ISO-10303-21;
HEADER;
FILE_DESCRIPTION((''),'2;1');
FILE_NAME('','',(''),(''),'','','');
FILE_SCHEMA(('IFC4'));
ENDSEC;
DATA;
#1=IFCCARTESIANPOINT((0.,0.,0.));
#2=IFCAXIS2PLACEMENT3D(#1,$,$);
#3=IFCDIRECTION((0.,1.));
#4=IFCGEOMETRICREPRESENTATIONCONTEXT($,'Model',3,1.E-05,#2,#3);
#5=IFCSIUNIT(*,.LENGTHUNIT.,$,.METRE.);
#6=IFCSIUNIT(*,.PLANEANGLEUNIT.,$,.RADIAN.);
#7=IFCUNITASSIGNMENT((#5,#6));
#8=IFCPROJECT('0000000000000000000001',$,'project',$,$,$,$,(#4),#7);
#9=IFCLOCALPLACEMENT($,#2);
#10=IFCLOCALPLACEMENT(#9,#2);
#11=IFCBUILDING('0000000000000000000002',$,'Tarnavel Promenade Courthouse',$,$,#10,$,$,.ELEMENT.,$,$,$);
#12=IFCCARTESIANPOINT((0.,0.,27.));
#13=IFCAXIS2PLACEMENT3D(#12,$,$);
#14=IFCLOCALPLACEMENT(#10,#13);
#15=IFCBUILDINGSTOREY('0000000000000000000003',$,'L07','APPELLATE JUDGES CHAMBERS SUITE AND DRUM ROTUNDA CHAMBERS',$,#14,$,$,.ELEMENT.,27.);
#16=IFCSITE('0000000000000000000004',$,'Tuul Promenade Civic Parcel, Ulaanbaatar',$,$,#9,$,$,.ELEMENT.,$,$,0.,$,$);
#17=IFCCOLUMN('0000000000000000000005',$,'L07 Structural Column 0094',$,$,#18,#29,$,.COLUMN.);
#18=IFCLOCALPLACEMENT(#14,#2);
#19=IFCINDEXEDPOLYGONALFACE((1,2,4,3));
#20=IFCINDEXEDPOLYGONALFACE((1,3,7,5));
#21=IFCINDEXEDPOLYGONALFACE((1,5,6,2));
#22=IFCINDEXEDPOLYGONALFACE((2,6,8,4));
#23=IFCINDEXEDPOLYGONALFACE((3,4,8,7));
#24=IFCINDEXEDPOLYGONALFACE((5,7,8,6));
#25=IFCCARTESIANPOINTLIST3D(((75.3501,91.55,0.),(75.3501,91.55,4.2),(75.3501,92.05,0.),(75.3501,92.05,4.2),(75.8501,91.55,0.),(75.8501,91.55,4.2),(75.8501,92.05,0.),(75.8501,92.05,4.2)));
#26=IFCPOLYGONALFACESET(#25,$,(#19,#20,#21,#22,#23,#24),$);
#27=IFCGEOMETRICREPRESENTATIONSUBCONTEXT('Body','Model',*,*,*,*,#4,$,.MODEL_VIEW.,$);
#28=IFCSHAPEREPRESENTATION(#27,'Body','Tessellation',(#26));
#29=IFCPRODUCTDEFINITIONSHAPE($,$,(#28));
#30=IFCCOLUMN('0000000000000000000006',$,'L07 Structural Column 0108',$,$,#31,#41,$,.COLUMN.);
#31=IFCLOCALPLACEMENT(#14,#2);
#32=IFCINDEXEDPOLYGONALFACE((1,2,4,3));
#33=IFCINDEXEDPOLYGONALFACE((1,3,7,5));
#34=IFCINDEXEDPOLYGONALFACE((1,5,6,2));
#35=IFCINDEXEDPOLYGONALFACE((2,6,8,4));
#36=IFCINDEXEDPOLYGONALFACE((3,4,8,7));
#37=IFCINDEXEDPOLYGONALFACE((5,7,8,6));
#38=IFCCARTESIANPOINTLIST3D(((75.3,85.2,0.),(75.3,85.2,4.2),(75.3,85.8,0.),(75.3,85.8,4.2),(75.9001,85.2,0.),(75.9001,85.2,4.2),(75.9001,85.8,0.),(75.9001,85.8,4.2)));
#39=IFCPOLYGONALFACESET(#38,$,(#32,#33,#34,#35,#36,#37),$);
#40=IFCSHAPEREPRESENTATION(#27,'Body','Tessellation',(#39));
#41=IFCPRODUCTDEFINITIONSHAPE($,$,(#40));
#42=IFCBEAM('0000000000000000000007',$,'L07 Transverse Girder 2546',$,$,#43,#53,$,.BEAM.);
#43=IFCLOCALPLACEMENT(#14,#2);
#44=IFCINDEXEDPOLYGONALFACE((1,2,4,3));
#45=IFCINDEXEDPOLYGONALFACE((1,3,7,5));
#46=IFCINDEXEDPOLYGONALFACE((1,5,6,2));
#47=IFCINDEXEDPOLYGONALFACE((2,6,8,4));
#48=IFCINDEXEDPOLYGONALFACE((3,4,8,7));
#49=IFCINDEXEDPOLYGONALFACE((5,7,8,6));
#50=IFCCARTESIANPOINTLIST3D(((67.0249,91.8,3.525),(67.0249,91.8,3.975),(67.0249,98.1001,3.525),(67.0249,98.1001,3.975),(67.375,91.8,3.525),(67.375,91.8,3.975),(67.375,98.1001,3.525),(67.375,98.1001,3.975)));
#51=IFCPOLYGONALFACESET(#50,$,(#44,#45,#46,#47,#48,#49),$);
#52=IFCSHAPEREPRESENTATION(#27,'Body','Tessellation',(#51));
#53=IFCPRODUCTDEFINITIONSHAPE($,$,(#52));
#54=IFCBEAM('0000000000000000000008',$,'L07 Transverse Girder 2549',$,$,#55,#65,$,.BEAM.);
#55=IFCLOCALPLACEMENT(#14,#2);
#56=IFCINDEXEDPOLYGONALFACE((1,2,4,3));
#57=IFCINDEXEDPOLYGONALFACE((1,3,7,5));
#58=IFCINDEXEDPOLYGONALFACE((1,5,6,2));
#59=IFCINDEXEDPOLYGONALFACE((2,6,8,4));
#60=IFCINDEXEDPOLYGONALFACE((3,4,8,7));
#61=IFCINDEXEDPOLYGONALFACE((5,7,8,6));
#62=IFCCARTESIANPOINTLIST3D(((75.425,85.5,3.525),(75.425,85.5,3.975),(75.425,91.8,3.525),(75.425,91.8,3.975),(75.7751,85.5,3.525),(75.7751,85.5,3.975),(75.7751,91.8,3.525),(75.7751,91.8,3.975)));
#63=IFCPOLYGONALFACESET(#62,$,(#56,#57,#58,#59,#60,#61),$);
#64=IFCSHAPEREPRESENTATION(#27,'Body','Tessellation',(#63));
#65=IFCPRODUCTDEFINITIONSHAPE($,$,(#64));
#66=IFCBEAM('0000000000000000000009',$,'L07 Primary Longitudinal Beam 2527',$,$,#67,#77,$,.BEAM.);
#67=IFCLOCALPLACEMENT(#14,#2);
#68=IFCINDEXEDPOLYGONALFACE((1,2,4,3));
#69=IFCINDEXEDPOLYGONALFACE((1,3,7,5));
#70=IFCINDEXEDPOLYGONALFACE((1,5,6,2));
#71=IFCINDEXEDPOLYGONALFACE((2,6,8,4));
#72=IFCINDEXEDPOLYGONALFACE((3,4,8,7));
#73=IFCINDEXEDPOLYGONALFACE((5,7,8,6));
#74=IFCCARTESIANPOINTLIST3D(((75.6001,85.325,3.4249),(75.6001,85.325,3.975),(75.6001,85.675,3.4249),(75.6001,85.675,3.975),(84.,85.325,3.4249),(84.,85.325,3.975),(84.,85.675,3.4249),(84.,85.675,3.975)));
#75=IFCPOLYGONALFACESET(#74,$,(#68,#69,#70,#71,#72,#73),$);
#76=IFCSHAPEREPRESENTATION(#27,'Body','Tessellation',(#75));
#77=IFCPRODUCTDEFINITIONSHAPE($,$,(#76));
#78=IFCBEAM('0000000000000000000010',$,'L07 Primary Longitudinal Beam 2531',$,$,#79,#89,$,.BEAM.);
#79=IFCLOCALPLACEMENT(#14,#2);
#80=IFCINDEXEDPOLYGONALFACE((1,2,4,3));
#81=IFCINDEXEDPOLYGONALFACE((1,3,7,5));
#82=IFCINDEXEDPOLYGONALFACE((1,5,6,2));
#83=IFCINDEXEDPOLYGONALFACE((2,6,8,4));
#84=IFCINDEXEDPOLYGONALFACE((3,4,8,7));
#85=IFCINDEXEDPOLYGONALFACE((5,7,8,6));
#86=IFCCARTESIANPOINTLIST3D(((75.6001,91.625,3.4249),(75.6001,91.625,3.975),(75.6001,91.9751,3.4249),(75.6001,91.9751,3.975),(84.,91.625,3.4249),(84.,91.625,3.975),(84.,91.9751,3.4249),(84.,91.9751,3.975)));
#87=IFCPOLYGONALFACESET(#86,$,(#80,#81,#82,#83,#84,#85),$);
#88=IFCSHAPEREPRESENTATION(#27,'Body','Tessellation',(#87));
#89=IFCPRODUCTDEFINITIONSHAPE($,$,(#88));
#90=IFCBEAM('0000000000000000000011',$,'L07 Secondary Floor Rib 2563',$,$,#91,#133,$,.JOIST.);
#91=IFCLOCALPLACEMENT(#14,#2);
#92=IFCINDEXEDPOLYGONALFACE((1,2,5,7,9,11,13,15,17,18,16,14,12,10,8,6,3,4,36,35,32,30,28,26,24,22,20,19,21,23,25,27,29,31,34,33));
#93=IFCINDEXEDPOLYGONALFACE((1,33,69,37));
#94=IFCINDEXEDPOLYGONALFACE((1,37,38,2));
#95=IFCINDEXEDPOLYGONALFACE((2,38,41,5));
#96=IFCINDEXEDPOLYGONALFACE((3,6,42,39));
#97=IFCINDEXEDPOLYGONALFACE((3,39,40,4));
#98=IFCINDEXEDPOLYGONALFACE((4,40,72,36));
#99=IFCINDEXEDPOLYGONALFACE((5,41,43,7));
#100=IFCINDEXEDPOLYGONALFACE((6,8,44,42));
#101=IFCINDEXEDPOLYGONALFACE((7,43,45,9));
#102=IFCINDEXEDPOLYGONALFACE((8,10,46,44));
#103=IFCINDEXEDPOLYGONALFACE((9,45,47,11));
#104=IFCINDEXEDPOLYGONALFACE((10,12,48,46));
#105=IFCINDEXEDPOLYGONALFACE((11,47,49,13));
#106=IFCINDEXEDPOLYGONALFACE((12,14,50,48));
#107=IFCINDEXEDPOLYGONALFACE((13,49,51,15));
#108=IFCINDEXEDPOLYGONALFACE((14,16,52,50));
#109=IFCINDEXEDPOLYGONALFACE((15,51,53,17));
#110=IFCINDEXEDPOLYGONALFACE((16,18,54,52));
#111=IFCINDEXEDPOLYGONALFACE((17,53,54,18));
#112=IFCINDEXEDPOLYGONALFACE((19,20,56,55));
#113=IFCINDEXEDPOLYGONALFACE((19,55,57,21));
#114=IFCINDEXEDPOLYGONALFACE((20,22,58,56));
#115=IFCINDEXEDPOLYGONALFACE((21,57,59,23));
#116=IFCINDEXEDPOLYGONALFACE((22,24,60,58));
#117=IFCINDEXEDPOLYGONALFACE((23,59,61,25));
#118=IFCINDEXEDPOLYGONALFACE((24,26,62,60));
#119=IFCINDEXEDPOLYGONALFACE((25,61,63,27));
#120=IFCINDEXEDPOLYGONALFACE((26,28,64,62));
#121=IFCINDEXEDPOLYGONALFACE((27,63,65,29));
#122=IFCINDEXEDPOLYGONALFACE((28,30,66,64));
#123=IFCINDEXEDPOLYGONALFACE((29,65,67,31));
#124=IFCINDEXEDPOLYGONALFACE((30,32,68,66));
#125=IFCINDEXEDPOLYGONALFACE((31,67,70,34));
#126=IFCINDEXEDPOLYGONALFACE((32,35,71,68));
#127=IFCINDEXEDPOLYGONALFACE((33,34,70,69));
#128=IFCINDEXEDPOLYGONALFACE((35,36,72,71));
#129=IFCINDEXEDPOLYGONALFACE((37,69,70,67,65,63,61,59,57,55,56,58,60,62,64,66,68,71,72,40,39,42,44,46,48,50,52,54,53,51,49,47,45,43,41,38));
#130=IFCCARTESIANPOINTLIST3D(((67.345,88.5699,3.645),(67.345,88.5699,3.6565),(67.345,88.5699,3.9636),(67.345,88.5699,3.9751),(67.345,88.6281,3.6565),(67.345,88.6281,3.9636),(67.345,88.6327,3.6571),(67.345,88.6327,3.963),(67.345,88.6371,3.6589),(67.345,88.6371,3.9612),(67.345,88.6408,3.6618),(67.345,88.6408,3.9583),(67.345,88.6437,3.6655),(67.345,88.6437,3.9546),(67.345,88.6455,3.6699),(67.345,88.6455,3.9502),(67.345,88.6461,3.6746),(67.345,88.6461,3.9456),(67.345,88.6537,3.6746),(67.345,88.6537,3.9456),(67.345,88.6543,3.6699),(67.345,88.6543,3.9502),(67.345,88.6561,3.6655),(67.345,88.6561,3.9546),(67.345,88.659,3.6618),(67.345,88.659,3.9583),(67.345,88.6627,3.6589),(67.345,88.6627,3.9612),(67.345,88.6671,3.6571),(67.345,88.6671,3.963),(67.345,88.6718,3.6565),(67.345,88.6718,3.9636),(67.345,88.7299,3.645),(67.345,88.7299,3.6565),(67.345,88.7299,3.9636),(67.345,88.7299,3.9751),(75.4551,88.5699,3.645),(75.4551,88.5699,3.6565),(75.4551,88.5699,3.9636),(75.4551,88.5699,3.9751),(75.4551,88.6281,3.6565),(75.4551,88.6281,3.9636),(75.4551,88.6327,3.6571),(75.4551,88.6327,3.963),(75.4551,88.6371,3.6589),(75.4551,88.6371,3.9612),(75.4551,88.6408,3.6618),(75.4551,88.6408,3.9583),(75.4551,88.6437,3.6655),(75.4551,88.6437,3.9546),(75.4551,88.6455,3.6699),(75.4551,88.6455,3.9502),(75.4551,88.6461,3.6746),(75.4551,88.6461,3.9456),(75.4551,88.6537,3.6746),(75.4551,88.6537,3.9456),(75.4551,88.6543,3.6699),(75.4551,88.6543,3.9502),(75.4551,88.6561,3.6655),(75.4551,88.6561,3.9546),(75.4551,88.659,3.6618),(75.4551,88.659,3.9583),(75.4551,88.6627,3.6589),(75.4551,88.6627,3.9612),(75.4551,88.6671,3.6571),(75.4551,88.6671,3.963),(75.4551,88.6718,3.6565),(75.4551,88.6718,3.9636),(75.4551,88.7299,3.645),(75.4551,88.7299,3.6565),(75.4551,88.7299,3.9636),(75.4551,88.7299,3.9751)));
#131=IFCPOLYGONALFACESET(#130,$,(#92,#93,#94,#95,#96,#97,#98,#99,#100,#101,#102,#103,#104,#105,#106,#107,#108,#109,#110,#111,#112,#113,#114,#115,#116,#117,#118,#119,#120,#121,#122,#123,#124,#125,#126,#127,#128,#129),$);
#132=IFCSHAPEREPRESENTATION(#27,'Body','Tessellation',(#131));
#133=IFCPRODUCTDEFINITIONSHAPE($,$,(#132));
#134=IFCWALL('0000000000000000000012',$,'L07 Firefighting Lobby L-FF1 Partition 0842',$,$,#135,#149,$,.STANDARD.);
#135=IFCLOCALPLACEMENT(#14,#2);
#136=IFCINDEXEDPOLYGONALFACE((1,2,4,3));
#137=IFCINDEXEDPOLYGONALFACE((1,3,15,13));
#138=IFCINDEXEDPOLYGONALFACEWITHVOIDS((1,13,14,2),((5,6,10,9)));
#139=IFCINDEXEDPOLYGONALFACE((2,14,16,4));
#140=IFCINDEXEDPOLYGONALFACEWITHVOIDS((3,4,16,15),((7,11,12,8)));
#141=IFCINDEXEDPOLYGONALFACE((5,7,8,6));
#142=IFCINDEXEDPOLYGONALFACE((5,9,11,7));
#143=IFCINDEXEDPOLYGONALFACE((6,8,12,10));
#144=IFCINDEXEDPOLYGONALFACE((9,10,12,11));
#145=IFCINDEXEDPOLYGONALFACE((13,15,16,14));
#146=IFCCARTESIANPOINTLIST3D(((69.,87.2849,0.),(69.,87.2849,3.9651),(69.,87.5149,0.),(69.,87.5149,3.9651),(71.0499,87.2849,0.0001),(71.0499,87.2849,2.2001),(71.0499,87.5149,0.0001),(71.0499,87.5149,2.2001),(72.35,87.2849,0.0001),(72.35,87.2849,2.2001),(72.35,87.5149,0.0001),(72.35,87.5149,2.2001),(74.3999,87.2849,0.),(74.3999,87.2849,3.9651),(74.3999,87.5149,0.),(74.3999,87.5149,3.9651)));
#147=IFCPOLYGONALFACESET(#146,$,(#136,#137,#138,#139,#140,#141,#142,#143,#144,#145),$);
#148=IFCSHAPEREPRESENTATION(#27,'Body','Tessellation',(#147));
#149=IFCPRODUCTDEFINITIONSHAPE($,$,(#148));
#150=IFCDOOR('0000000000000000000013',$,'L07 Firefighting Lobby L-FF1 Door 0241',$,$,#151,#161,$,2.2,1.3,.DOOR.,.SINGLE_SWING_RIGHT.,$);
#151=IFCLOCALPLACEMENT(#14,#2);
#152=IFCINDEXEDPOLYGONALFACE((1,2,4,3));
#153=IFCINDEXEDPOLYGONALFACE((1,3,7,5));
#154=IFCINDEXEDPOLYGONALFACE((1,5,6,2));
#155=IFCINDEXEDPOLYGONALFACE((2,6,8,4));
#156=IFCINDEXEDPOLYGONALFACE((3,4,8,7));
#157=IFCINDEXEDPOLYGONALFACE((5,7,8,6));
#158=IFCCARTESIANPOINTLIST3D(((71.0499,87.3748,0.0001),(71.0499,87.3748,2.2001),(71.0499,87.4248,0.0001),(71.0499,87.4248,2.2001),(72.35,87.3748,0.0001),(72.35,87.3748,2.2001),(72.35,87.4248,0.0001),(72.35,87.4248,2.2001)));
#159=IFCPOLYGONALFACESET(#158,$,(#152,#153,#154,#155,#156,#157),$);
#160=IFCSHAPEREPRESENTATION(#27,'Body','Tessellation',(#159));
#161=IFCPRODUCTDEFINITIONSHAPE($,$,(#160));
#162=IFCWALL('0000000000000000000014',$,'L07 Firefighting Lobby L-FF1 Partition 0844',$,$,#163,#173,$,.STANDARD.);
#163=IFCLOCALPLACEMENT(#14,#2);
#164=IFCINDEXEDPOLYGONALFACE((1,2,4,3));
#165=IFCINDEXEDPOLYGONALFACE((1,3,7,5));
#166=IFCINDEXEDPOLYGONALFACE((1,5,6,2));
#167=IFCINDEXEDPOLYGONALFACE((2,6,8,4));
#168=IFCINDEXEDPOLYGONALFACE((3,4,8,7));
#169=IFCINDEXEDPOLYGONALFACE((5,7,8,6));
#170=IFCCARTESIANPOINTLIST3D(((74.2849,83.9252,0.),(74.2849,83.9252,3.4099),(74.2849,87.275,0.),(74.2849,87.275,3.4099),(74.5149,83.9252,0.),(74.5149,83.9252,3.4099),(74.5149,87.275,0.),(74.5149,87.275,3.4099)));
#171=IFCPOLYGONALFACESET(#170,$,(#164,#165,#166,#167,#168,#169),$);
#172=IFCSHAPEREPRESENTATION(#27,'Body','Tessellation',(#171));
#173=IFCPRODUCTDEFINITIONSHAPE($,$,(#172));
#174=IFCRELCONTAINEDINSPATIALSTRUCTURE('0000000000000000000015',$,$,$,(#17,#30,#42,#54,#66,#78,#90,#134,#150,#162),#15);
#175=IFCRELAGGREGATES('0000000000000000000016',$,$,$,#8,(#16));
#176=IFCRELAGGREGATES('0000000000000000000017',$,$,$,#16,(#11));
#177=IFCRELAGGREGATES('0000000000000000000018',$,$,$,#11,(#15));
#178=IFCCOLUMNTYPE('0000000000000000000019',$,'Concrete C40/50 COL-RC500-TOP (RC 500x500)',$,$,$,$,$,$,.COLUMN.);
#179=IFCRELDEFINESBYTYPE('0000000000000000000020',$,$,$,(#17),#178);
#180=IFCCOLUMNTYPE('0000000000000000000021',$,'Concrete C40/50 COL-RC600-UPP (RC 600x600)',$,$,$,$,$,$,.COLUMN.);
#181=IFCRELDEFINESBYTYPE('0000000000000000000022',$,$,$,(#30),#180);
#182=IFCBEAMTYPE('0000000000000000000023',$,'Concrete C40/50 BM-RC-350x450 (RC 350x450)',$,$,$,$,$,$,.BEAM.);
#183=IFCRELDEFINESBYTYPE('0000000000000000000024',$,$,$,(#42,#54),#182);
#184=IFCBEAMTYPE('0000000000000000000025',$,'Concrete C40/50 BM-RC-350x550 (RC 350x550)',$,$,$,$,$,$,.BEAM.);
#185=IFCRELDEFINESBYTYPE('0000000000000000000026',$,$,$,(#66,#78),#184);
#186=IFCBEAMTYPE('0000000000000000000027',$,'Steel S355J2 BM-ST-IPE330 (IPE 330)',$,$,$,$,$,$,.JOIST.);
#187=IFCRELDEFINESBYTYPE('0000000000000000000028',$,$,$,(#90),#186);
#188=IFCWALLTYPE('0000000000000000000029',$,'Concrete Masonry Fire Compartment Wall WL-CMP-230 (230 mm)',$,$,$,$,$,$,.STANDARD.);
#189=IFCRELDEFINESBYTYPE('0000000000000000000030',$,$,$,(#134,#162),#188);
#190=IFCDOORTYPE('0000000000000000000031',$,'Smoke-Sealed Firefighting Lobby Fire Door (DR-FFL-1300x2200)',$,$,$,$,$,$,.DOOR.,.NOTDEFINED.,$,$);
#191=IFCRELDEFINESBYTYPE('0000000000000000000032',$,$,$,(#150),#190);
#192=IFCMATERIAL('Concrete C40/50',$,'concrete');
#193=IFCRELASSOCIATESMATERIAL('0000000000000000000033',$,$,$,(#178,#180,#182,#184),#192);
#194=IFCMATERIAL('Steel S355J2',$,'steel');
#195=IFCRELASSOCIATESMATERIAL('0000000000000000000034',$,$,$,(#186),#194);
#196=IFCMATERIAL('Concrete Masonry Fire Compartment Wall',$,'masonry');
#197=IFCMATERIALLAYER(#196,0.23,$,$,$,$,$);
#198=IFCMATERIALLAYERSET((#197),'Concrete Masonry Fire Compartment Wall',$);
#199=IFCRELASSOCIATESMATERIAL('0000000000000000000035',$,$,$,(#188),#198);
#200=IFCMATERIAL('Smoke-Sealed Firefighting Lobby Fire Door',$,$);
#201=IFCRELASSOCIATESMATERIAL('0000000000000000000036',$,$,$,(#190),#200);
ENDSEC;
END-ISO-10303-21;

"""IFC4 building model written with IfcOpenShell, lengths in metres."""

from ifc_helpers import new_model, si_unit, direction, frame, frame_2d, origin, origin_2d, place, context, subcontext, project, spatial, rectangle, i_section, extrude, material, layer, layer_set, material_profile, profile_set, type_object, element, fill, save


model = new_model("IFC4")

# Units and contexts
model_context = context("Model", 3, precision=1e-05, world=origin(), true_north=direction((0.0, 1.0)))
body_context = subcontext(model_context, "Body", "Model", "MODEL_VIEW")
ifc_project = project(units=[si_unit("LENGTHUNIT", "METRE"), si_unit("PLANEANGLEUNIT", "RADIAN")], contexts=[model_context])

# Site, building, storey
site_placement = place(None, origin())
site = spatial("IfcSite", under=ifc_project, at=site_placement, Name="Tuul Promenade Civic Parcel, Ulaanbaatar", CompositionType="ELEMENT", RefElevation=0.0)
building_placement = place(site_placement, origin())
building = spatial("IfcBuilding", under=site, at=building_placement, Name="Tarnavel Promenade Courthouse", CompositionType="ELEMENT")
storey_placement = place(building_placement, frame((0.0, 0.0, 27.0)))
storey = spatial("IfcBuildingStorey", under=building, at=storey_placement, Name="L07", Description="APPELLATE JUDGES CHAMBERS SUITE AND DRUM ROTUNDA CHAMBERS", CompositionType="ELEMENT", Elevation=27.0)

# Columns
ifc_material_1 = material(Name="Concrete C40/50", Category="concrete")
ifc_material_profile_1 = material_profile(ifc_material_1, rectangle(XDim=0.5, YDim=0.5, at=origin_2d()), Name="RC 500x500")
ifc_profile_set_1 = profile_set([ifc_material_profile_1], Name="Concrete C40/50")
column_type_1 = type_object("IfcColumnType", Name="Concrete C40/50 COL-RC500-TOP (RC 500x500)", PredefinedType="COLUMN", material=ifc_profile_set_1)
column_1_placement = place(storey_placement, frame((75.6001, 91.8, 0.0), z_axis=(0.0, 0.0, 1.0), x_axis=(1.0, 0.0, 0.0)))
element("IfcColumn", 1, at=column_1_placement, inside=storey, type_object=column_type_1, Name="L07 Structural Column 0094", PredefinedType="COLUMN", context=body_context, shape_type="SweptSolid", body=[
    extrude(rectangle(XDim=0.5, YDim=0.5, at=origin_2d()), origin(), (0.0, 0.0, 1.0), 4.2),
])
ifc_material_profile_2 = material_profile(ifc_material_1, rectangle(XDim=0.6001, YDim=0.6001, at=origin_2d()), Name="RC 600x600")
ifc_profile_set_2 = profile_set([ifc_material_profile_2], Name="Concrete C40/50")
column_type_2 = type_object("IfcColumnType", Name="Concrete C40/50 COL-RC600-UPP (RC 600x600)", PredefinedType="COLUMN", material=ifc_profile_set_2)
column_2_placement = place(storey_placement, frame((75.6001, 85.5, 0.0), z_axis=(0.0, 0.0, 1.0), x_axis=(1.0, 0.0, 0.0)))
element("IfcColumn", 2, at=column_2_placement, inside=storey, type_object=column_type_2, Name="L07 Structural Column 0108", PredefinedType="COLUMN", context=body_context, shape_type="SweptSolid", body=[
    extrude(rectangle(XDim=0.6001, YDim=0.6001, at=origin_2d()), origin(), (0.0, 0.0, 1.0), 4.2),
])

# Beams
ifc_material_profile_3 = material_profile(ifc_material_1, rectangle(XDim=0.3501, YDim=0.45, at=origin_2d()), Name="RC 350x450")
ifc_profile_set_3 = profile_set([ifc_material_profile_3], Name="Concrete C40/50")
beam_type_1 = type_object("IfcBeamType", Name="Concrete C40/50 BM-RC-350x450 (RC 350x450)", PredefinedType="BEAM", material=ifc_profile_set_3)
for number, where, z_axis, x_axis, name in (
    (3, (67.2, 91.8, 3.75), (0.0, 1.0, 0.0), (-1.0, 0.0, 0.0), "L07 Transverse Girder 2546"),
    (4, (75.6001, 85.5, 3.75), (0.0, 1.0, 0.0), (-1.0, 0.0, 0.0), "L07 Transverse Girder 2549"),
):
    element("IfcBeam", number, at=place(storey_placement, frame(where, z_axis=z_axis, x_axis=x_axis)), inside=storey, type_object=beam_type_1, Name=name, PredefinedType="BEAM", context=body_context, shape_type="SweptSolid", body=[
        extrude(rectangle(XDim=0.3501, YDim=0.45, at=origin_2d()), origin(), (0.0, 0.0, 1.0), 6.3),
    ])
ifc_material_profile_4 = material_profile(ifc_material_1, rectangle(XDim=0.3501, YDim=0.55, at=origin_2d()), Name="RC 350x550")
ifc_profile_set_4 = profile_set([ifc_material_profile_4], Name="Concrete C40/50")
beam_type_2 = type_object("IfcBeamType", Name="Concrete C40/50 BM-RC-350x550 (RC 350x550)", PredefinedType="BEAM", material=ifc_profile_set_4)
for number, where, z_axis, x_axis, name in (
    (5, (75.6001, 85.5, 3.7), (1.0, 0.0, 0.0), (0.0, 1.0, 0.0), "L07 Primary Longitudinal Beam 2527"),
    (6, (75.6001, 91.8, 3.7), (1.0, 0.0, 0.0), (0.0, 1.0, 0.0), "L07 Primary Longitudinal Beam 2531"),
):
    element("IfcBeam", number, at=place(storey_placement, frame(where, z_axis=z_axis, x_axis=x_axis)), inside=storey, type_object=beam_type_2, Name=name, PredefinedType="BEAM", context=body_context, shape_type="SweptSolid", body=[
        extrude(rectangle(XDim=0.3501, YDim=0.55, at=origin_2d()), origin(), (0.0, 0.0, 1.0), 8.3999),
    ])
ifc_material_2 = material(Name="Steel S355J2", Category="steel")
ifc_material_profile_5 = material_profile(ifc_material_2, i_section(OverallWidth=0.1599, OverallDepth=0.3301, WebThickness=0.0076, FlangeThickness=0.0115, FilletRadius=0.0181, at=origin_2d()), Name="IPE 330")
ifc_profile_set_5 = profile_set([ifc_material_profile_5], Name="Steel S355J2")
beam_type_3 = type_object("IfcBeamType", Name="Steel S355J2 BM-ST-IPE330 (IPE 330)", PredefinedType="JOIST", material=ifc_profile_set_5)
beam_placement = place(storey_placement, frame((67.345, 88.6499, 3.8101), z_axis=(1.0, 0.0, 0.0), x_axis=(0.0, 1.0, 0.0)))
element("IfcBeam", 7, at=beam_placement, inside=storey, type_object=beam_type_3, Name="L07 Secondary Floor Rib 2563", PredefinedType="JOIST", context=body_context, shape_type="SweptSolid", body=[
    extrude(i_section(OverallWidth=0.1599, OverallDepth=0.3301, WebThickness=0.0076, FlangeThickness=0.0115, FilletRadius=0.0181, at=origin_2d()), origin(), (0.0, 0.0, 1.0), 8.1101),
])

# Wall, opening, door
ifc_material_3 = material(Name="Concrete Masonry Fire Compartment Wall", Category="masonry")
ifc_layer_1 = layer(ifc_material_3, 0.23)
ifc_layer_set_1 = layer_set([ifc_layer_1], Name="Concrete Masonry Fire Compartment Wall")
wall_type_1 = type_object("IfcWallType", Name="Concrete Masonry Fire Compartment Wall WL-CMP-230 (230 mm)", PredefinedType="STANDARD", material=ifc_layer_set_1)
wall_1_placement = place(storey_placement, frame((69.0, 87.3999, 0.0), z_axis=(0.0, 0.0, 1.0), x_axis=(1.0, 0.0, 0.0)))
wall_1 = element("IfcWall", 8, at=wall_1_placement, inside=storey, type_object=wall_type_1, Name="L07 Firefighting Lobby L-FF1 Partition 0842", PredefinedType="STANDARD", context=body_context, shape_type="SweptSolid", body=[
    extrude(rectangle(XDim=5.3999, YDim=0.23, at=frame_2d((2.7, 0.0))), origin(), (0.0, 0.0, 1.0), 3.9651),
])
opening_1_placement = place(wall_1_placement, frame((2.05, 0.0, 0.0)))
opening_1 = element("IfcOpeningElement", 9, at=opening_1_placement, cuts=wall_1, PredefinedType="OPENING", context=body_context, shape_type="SweptSolid", body=[
    extrude(rectangle(XDim=1.3, YDim=2.2, at=frame_2d((0.6499, 1.1001))), frame((0.0, 0.125, 0.0), z_axis=(0.0, -1.0, 0.0), x_axis=(1.0, 0.0, 0.0)), (0.0, 0.0, 1.0), 0.25),
])
ifc_material_4 = material(Name="Smoke-Sealed Firefighting Lobby Fire Door")
door_type_1 = type_object("IfcDoorType", Name="Smoke-Sealed Firefighting Lobby Fire Door (DR-FFL-1300x2200)", OperationType="NOTDEFINED", PredefinedType="DOOR", material=ifc_material_4)
door_1_placement = place(opening_1_placement, origin())
door_1 = element("IfcDoor", 10, at=door_1_placement, inside=storey, type_object=door_type_1, Name="L07 Firefighting Lobby L-FF1 Door 0241", OperationType="SINGLE_SWING_RIGHT", OverallHeight=2.2, OverallWidth=1.3, PredefinedType="DOOR", context=body_context, shape_type="SweptSolid", body=[
    extrude(rectangle(XDim=1.3, YDim=2.2, at=frame_2d((0.6499, 1.1001))), frame((0.0, 0.0249, 0.0), z_axis=(0.0, -1.0, 0.0), x_axis=(1.0, 0.0, 0.0)), (0.0, 0.0, 1.0), 0.05),
])
fill(opening_1, door_1)

# Wall
wall_2_placement = place(storey_placement, frame((74.3999, 87.2749, 0.0), z_axis=(0.0, 0.0, 1.0), x_axis=(0.0, -1.0, 0.0)))
element("IfcWall", 11, at=wall_2_placement, inside=storey, type_object=wall_type_1, Name="L07 Firefighting Lobby L-FF1 Partition 0844", PredefinedType="STANDARD", context=body_context, shape_type="SweptSolid", body=[
    extrude(rectangle(XDim=3.3499, YDim=0.23, at=frame_2d((1.6748, 0.0))), origin(), (0.0, 0.0, 1.0), 3.4099),
])

save(model, "model.ifc")
